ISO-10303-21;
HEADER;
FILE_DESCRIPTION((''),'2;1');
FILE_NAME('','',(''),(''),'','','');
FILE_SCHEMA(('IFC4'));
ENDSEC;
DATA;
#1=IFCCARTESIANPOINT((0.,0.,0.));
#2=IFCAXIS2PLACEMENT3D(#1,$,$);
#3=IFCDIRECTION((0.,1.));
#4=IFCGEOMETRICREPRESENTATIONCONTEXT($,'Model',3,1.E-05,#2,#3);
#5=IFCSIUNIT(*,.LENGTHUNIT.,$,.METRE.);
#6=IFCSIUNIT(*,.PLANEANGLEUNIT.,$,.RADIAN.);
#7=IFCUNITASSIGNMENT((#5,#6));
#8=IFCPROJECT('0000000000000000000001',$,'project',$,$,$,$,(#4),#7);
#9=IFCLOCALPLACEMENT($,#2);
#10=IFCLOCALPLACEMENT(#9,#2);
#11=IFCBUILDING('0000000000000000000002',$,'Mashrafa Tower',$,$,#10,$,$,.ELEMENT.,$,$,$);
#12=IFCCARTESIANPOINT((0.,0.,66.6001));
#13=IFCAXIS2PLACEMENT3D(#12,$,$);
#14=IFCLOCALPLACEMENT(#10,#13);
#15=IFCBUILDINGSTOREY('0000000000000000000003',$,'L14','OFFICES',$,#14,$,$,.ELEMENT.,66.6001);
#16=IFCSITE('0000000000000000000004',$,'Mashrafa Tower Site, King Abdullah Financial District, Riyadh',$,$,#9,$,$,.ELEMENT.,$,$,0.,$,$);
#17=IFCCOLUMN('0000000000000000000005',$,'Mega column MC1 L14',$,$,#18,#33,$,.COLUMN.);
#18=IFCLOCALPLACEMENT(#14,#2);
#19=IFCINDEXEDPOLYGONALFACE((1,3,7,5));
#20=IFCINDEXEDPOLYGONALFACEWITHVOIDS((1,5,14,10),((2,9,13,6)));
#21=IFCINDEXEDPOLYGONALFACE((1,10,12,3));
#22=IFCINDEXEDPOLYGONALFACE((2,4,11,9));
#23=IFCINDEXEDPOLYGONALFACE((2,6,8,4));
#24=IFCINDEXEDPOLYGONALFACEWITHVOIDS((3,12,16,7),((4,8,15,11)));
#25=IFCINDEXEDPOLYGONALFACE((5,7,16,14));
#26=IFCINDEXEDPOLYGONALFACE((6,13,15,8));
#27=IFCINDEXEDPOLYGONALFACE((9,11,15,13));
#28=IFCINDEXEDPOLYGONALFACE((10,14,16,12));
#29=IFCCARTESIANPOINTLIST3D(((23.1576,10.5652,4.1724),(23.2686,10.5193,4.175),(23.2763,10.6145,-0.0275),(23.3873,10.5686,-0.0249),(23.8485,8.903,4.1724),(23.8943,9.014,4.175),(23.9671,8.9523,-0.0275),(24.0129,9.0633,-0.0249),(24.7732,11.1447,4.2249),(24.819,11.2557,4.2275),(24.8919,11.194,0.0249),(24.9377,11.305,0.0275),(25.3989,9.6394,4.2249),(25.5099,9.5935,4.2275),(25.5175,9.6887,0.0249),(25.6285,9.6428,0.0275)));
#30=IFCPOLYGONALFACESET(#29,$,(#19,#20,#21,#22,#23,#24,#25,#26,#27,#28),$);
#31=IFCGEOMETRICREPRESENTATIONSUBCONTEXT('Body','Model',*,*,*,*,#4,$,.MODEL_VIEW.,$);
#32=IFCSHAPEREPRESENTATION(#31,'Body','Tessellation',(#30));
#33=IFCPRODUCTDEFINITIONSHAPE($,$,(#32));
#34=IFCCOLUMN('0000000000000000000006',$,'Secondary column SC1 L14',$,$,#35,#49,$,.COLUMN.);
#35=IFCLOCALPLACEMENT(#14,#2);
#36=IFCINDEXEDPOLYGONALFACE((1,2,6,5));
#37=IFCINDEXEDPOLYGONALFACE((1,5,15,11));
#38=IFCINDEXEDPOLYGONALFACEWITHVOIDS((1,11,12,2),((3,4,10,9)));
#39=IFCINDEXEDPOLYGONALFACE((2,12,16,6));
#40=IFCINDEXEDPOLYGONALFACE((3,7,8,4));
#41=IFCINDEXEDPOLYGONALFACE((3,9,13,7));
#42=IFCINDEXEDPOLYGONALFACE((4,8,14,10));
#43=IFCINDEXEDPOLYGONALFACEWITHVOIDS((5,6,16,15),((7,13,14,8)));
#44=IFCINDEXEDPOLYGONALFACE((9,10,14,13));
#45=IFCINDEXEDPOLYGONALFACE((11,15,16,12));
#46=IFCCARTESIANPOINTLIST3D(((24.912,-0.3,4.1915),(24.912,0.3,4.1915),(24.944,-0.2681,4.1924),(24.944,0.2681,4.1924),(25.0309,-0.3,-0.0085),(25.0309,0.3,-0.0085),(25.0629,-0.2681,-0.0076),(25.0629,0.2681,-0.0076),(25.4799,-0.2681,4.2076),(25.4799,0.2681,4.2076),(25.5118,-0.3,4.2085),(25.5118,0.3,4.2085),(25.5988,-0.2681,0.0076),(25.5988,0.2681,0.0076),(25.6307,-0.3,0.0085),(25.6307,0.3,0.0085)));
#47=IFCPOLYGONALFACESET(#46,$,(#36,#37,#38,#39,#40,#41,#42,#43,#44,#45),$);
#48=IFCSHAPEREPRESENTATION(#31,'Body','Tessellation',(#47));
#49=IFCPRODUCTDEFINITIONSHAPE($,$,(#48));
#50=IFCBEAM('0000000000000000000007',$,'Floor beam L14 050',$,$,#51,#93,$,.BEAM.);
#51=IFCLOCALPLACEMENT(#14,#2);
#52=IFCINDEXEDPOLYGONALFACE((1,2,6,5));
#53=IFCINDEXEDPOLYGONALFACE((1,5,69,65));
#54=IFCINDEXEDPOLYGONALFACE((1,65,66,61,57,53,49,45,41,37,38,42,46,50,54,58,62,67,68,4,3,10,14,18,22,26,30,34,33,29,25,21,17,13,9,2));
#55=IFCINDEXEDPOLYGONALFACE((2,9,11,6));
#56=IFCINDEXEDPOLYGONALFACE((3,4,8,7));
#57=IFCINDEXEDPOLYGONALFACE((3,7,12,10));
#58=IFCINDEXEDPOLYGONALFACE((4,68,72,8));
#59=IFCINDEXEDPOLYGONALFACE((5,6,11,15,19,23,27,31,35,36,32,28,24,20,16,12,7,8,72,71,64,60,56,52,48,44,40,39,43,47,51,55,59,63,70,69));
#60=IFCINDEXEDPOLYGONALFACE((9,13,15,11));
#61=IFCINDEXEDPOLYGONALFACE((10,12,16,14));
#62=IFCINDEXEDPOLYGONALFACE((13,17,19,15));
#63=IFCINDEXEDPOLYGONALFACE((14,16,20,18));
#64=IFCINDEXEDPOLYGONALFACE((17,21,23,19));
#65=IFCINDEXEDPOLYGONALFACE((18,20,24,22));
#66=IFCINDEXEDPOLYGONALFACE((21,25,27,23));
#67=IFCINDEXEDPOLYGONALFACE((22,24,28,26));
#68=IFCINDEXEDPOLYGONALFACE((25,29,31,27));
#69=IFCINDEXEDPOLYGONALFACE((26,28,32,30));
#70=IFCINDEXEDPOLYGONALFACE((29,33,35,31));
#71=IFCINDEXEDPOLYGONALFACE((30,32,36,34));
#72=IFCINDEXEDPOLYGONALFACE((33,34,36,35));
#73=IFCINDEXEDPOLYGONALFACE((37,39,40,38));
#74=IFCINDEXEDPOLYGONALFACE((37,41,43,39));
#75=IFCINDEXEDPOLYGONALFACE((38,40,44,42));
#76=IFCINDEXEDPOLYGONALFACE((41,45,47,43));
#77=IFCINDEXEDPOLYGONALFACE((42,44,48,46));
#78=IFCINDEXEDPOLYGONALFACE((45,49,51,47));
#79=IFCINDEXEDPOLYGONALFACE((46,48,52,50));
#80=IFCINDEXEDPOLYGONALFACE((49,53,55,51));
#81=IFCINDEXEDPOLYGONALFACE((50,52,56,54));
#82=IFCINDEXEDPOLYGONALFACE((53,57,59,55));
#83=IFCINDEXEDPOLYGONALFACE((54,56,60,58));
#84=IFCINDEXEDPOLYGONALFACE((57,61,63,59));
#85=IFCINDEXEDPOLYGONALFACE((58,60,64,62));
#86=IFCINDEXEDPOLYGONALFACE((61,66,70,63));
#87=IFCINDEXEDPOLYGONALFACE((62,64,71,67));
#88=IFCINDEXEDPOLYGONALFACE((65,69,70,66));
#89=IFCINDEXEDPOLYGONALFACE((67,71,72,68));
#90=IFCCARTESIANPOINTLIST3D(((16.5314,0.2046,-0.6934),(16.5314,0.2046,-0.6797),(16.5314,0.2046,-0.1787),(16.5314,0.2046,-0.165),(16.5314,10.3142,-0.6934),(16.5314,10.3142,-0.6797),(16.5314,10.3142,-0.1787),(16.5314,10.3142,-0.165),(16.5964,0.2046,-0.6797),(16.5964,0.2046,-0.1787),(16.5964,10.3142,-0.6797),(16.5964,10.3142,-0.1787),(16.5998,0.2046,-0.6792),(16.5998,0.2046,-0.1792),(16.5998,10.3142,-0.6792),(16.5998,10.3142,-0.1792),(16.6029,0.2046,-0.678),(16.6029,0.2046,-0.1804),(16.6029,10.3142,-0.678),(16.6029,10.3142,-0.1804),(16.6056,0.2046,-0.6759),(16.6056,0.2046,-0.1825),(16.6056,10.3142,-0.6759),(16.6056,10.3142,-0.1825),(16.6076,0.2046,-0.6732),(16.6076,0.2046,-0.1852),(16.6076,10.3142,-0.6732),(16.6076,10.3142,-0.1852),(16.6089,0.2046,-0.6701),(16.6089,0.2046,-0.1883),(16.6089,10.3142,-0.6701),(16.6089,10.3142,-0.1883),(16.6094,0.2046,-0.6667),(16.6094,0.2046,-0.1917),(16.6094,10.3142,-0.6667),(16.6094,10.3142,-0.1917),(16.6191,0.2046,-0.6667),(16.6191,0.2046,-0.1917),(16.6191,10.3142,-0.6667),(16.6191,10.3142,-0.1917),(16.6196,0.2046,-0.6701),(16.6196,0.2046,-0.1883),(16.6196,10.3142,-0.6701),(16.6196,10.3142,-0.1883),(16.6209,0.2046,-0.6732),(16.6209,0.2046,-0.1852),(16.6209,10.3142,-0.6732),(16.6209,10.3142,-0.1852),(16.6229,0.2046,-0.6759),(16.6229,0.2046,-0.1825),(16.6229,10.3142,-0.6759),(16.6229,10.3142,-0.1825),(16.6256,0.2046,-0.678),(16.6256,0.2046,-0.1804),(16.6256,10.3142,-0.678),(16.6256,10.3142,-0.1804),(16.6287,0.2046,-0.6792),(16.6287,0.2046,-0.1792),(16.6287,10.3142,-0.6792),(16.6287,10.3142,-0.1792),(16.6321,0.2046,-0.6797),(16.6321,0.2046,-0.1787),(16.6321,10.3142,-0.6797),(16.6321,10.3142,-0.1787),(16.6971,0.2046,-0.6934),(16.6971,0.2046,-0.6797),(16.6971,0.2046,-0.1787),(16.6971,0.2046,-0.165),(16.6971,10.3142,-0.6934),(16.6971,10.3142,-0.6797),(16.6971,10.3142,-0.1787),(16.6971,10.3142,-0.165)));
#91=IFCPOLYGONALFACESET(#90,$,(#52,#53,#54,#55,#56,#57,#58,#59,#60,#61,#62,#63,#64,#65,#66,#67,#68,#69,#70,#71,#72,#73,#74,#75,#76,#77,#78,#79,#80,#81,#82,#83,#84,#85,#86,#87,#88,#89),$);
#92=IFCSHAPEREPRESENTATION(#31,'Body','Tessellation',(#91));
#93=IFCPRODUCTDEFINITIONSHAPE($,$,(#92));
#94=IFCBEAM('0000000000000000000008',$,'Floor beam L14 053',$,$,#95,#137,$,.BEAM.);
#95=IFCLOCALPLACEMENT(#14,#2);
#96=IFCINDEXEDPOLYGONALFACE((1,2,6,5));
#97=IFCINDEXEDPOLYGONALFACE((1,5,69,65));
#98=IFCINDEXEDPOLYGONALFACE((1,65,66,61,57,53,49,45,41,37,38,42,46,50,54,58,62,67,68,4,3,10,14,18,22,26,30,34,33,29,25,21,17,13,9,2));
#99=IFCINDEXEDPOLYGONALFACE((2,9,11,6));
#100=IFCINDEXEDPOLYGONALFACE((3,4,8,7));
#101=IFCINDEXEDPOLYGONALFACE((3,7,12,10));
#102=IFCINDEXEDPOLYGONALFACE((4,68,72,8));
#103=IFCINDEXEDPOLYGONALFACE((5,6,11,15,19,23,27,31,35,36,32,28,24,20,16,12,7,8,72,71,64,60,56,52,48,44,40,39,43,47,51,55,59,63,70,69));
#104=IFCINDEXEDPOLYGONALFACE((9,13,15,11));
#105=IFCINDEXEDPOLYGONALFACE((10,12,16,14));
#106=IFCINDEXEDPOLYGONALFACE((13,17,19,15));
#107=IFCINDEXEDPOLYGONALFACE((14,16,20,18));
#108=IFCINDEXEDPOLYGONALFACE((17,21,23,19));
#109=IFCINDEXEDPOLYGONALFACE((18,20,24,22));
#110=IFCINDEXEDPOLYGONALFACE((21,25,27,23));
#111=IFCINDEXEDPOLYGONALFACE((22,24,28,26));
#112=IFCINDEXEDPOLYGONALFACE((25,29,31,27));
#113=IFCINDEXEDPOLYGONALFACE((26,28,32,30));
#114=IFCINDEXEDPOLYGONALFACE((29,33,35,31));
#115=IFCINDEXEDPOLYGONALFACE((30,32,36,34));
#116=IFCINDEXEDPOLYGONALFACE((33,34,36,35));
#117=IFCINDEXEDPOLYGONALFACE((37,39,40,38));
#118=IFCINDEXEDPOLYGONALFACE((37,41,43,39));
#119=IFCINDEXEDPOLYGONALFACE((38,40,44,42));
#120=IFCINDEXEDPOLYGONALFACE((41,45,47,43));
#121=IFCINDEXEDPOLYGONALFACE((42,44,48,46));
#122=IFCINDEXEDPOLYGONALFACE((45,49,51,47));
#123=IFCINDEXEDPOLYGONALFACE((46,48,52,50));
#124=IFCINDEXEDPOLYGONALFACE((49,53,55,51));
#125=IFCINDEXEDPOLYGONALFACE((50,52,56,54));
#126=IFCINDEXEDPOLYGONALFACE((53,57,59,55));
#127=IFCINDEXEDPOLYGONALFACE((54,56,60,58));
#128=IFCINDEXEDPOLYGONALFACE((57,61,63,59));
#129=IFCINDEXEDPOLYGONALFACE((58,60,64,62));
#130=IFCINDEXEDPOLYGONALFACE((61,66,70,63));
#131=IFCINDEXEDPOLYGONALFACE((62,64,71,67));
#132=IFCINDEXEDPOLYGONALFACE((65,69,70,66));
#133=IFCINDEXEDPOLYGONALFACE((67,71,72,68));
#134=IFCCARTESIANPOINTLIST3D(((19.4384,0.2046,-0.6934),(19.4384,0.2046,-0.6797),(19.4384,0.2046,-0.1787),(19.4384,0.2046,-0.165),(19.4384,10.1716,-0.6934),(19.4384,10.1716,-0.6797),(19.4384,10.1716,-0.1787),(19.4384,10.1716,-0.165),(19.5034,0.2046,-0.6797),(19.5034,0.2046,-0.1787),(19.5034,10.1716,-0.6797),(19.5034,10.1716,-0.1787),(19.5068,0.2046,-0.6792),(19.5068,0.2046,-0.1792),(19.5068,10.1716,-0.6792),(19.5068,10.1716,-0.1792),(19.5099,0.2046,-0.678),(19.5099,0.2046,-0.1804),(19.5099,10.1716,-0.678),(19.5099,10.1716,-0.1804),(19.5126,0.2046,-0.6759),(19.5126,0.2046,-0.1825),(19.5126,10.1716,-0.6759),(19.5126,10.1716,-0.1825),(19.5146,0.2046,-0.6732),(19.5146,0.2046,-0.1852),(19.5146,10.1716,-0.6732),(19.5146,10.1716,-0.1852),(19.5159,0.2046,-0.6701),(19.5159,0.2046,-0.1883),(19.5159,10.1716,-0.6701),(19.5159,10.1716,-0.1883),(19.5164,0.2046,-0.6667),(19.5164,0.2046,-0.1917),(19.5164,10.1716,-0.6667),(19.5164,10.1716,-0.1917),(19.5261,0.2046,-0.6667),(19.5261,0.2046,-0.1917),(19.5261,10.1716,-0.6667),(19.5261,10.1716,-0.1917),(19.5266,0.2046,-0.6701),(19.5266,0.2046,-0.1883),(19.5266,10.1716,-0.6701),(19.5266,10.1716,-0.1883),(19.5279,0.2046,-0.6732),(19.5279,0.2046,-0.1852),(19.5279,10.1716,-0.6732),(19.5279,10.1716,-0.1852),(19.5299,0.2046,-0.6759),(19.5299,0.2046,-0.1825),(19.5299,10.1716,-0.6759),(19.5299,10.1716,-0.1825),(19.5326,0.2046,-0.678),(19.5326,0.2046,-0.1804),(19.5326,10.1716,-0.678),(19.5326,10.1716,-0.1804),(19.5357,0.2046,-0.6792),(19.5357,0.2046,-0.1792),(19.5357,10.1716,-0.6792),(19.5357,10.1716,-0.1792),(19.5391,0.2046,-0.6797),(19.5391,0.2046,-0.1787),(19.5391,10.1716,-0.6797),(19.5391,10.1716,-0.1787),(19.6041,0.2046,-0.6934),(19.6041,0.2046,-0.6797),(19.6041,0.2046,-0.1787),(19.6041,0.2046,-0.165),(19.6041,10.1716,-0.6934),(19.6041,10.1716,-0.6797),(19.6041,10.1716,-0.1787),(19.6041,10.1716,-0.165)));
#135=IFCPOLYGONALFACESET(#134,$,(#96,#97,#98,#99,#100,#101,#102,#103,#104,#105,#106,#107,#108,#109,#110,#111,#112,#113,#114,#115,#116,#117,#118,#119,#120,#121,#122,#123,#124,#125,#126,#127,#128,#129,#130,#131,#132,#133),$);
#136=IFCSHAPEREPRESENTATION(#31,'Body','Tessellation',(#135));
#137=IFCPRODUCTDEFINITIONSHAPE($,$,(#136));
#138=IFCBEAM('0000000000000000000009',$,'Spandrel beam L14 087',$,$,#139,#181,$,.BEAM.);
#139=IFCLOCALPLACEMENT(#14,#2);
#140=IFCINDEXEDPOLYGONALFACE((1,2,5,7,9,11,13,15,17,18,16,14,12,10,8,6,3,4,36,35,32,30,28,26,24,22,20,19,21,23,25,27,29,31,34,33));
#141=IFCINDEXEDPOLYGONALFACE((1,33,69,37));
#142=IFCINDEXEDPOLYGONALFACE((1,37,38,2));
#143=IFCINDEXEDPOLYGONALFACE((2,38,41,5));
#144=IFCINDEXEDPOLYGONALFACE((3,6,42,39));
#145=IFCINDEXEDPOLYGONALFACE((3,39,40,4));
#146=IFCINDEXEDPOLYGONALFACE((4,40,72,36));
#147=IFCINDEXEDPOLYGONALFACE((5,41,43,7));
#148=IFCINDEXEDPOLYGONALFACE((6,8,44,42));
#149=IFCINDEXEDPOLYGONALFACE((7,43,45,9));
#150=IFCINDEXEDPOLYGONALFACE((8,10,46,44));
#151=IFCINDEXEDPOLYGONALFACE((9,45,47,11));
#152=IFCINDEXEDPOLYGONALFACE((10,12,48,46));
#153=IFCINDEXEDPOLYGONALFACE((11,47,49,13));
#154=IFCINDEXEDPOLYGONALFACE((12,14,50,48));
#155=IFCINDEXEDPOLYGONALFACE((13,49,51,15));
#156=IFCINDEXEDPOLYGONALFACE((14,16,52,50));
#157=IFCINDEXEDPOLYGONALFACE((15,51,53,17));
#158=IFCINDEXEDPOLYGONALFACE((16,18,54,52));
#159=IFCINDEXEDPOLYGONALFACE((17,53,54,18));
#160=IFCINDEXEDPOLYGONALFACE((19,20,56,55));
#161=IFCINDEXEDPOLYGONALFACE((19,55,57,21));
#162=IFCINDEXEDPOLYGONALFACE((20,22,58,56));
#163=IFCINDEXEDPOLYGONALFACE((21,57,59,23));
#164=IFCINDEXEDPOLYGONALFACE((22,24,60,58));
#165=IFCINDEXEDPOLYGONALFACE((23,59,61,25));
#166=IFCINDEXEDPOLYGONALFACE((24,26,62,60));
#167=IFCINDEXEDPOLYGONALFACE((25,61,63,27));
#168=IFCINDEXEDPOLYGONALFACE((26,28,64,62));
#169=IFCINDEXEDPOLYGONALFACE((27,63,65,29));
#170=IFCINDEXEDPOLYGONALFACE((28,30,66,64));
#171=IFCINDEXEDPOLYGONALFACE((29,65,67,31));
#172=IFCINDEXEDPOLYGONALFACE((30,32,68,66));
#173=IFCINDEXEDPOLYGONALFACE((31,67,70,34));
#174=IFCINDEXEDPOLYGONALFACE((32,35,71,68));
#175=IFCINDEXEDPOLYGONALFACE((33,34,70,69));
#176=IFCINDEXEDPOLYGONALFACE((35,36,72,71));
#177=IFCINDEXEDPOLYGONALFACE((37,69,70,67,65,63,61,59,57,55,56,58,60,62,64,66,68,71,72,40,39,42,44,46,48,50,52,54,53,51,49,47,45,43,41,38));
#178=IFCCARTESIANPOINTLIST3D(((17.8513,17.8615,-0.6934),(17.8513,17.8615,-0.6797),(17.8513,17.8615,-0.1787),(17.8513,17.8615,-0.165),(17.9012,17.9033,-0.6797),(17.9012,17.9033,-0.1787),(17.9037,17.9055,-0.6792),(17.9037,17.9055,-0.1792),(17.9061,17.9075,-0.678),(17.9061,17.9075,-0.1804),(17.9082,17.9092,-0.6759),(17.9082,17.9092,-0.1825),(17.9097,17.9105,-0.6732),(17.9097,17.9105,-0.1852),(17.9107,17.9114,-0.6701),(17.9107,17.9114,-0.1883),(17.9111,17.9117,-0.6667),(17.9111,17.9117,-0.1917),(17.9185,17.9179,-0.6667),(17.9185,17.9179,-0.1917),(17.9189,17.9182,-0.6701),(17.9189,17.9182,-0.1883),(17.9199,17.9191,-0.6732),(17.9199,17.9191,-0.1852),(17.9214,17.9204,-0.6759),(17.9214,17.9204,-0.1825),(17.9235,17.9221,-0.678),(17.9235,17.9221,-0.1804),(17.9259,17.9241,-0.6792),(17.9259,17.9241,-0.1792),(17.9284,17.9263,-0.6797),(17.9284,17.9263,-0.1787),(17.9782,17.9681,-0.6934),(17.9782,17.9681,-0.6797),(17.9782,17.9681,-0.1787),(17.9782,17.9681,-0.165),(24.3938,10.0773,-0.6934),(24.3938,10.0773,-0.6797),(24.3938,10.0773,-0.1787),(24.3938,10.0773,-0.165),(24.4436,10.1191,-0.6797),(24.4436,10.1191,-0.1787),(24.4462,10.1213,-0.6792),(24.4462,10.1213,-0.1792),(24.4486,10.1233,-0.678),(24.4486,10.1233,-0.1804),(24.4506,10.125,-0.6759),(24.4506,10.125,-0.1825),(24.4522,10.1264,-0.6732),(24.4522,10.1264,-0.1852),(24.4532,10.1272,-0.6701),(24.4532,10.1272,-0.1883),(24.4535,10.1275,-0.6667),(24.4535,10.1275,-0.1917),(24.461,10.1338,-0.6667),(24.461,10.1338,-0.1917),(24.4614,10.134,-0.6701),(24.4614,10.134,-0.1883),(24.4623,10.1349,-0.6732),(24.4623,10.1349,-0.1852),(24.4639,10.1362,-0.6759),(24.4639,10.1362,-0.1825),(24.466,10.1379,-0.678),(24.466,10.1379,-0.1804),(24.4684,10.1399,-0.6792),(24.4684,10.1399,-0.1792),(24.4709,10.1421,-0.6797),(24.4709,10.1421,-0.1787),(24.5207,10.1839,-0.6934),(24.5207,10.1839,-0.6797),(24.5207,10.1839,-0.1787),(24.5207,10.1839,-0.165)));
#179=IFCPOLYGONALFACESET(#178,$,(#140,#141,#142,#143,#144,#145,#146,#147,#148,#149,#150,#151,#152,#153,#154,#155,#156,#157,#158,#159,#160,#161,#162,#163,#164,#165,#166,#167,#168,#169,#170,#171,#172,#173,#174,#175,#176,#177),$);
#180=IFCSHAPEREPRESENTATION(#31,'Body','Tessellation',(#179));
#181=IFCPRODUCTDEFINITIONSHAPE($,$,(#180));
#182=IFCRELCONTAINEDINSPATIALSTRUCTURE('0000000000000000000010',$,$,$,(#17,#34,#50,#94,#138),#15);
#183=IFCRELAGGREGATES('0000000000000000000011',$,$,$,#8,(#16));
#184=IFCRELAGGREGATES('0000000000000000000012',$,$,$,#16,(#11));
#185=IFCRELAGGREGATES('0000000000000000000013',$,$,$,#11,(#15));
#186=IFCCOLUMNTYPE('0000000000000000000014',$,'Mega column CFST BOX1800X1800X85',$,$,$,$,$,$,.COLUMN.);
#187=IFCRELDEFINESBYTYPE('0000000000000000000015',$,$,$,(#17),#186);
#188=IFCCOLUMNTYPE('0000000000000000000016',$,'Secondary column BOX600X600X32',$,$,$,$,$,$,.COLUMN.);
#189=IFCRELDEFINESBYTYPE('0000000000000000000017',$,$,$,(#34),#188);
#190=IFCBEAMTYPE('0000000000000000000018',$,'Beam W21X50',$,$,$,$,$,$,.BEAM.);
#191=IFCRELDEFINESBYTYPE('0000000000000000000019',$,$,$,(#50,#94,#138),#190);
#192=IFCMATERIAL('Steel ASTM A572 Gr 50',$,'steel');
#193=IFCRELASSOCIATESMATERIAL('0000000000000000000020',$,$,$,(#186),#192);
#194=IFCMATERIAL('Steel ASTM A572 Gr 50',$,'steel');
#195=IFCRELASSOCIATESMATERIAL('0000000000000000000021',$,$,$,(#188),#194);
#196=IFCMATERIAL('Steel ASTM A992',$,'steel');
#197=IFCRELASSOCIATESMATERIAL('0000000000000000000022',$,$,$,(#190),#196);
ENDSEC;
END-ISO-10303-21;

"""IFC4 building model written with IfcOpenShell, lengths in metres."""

from ifc_helpers import new_model, si_unit, direction, frame, origin, origin_2d, place, context, subcontext, project, spatial, hollow_rectangle, i_section, extrude, material, material_profile, profile_set, type_object, element, save


model = new_model("IFC4")

# Units and contexts
model_context = context("Model", 3, precision=1e-05, world=origin(), true_north=direction((0.0, 1.0)))
body_context = subcontext(model_context, "Body", "Model", "MODEL_VIEW")
ifc_project = project(units=[si_unit("LENGTHUNIT", "METRE"), si_unit("PLANEANGLEUNIT", "RADIAN")], contexts=[model_context])

# Site, building, storey
site_placement = place(None, origin())
site = spatial("IfcSite", under=ifc_project, at=site_placement, Name="Mashrafa Tower Site, King Abdullah Financial District, Riyadh", CompositionType="ELEMENT", RefElevation=0.0)
building_placement = place(site_placement, origin())
building = spatial("IfcBuilding", under=site, at=building_placement, Name="Mashrafa Tower", CompositionType="ELEMENT")
storey_placement = place(building_placement, frame((0.0, 0.0, 66.6001)))
storey = spatial("IfcBuildingStorey", under=building, at=storey_placement, Name="L14", Description="OFFICES", CompositionType="ELEMENT", Elevation=66.6001)

# Columns
ifc_material_1 = material(Name="Steel ASTM A572 Gr 50", Category="steel")
ifc_material_profile_1 = material_profile(ifc_material_1, hollow_rectangle(XDim=1.8, YDim=1.8, WallThickness=0.085, at=origin_2d()), Name="BOX1800X1800X85")
ifc_profile_set_1 = profile_set([ifc_material_profile_1], Name="Steel ASTM A572 Gr 50")
column_type_1 = type_object("IfcColumnType", Name="Mega column CFST BOX1800X1800X85", PredefinedType="COLUMN", material=ifc_profile_set_1)
column_1_placement = place(storey_placement, frame((24.4524, 10.1287, 0.0), z_axis=(-0.028238, -0.011737, 0.999532), x_axis=(0.383806, -0.923414, 0.0)))
element("IfcColumn", 1, at=column_1_placement, inside=storey, type_object=column_type_1, Name="Mega column MC1 L14", PredefinedType="COLUMN", context=body_context, shape_type="SweptSolid", body=[
    extrude(hollow_rectangle(XDim=1.8, YDim=1.8, WallThickness=0.085, at=origin_2d()), origin(), (0.0, 0.0, 1.0), 4.2019),
])
ifc_material_2 = material(Name="Steel ASTM A572 Gr 50", Category="steel")
ifc_material_profile_2 = material_profile(ifc_material_2, hollow_rectangle(XDim=0.6001, YDim=0.6001, WallThickness=0.032, at=origin_2d()), Name="BOX600X600X32")
ifc_profile_set_2 = profile_set([ifc_material_profile_2], Name="Steel ASTM A572 Gr 50")
column_type_2 = type_object("IfcColumnType", Name="Secondary column BOX600X600X32", PredefinedType="COLUMN", material=ifc_profile_set_2)
column_2_placement = place(storey_placement, frame((25.3308, 0.0, 0.0), z_axis=(-0.028298, 0.0, 0.9996), x_axis=(0.0, -1.0, 0.0)))
element("IfcColumn", 2, at=column_2_placement, inside=storey, type_object=column_type_2, Name="Secondary column SC1 L14", PredefinedType="COLUMN", context=body_context, shape_type="SweptSolid", body=[
    extrude(hollow_rectangle(XDim=0.6001, YDim=0.6001, WallThickness=0.032, at=origin_2d()), origin(), (0.0, 0.0, 1.0), 4.2017),
])

# Beams
ifc_material_3 = material(Name="Steel ASTM A992", Category="steel")
ifc_material_profile_3 = material_profile(ifc_material_3, i_section(OverallWidth=0.1658, OverallDepth=0.5283, WebThickness=0.0098, FlangeThickness=0.0137, FilletRadius=0.0129, at=origin_2d()), Name="W21X50")
ifc_profile_set_3 = profile_set([ifc_material_profile_3], Name="Steel ASTM A992")
beam_type_1 = type_object("IfcBeamType", Name="Beam W21X50", PredefinedType="BEAM", material=ifc_profile_set_3)
beam_1_placement = place(storey_placement, frame((16.6143, 10.3142, -0.4292), z_axis=(0.0, -1.0, 0.0), x_axis=(1.0, 0.0, 0.0)))
element("IfcBeam", 3, at=beam_1_placement, inside=storey, type_object=beam_type_1, Name="Floor beam L14 050", PredefinedType="BEAM", context=body_context, shape_type="SweptSolid", body=[
    extrude(i_section(OverallWidth=0.1658, OverallDepth=0.5283, WebThickness=0.0098, FlangeThickness=0.0137, FilletRadius=0.0129, at=origin_2d()), origin(), (0.0, 0.0, 1.0), 10.1096),
])
beam_2_placement = place(storey_placement, frame((19.5212, 10.1716, -0.4292), z_axis=(0.0, -1.0, 0.0), x_axis=(1.0, 0.0, 0.0)))
element("IfcBeam", 4, at=beam_2_placement, inside=storey, type_object=beam_type_1, Name="Floor beam L14 053", PredefinedType="BEAM", context=body_context, shape_type="SweptSolid", body=[
    extrude(i_section(OverallWidth=0.1658, OverallDepth=0.5283, WebThickness=0.0098, FlangeThickness=0.0137, FilletRadius=0.0129, at=origin_2d()), origin(), (0.0, 0.0, 1.0), 9.967),
])
beam_3_placement = place(storey_placement, frame((24.4573, 10.1306, -0.4292), z_axis=(-0.643409, 0.765522, 0.0), x_axis=(-0.765522, -0.643409, 0.0)))
element("IfcBeam", 5, at=beam_3_placement, inside=storey, type_object=beam_type_1, Name="Spandrel beam L14 087", PredefinedType="BEAM", context=body_context, shape_type="SweptSolid", body=[
    extrude(i_section(OverallWidth=0.1658, OverallDepth=0.5283, WebThickness=0.0098, FlangeThickness=0.0137, FilletRadius=0.0129, at=origin_2d()), origin(), (0.0, 0.0, 1.0), 10.1685),
])

save(model, "model.ifc")
